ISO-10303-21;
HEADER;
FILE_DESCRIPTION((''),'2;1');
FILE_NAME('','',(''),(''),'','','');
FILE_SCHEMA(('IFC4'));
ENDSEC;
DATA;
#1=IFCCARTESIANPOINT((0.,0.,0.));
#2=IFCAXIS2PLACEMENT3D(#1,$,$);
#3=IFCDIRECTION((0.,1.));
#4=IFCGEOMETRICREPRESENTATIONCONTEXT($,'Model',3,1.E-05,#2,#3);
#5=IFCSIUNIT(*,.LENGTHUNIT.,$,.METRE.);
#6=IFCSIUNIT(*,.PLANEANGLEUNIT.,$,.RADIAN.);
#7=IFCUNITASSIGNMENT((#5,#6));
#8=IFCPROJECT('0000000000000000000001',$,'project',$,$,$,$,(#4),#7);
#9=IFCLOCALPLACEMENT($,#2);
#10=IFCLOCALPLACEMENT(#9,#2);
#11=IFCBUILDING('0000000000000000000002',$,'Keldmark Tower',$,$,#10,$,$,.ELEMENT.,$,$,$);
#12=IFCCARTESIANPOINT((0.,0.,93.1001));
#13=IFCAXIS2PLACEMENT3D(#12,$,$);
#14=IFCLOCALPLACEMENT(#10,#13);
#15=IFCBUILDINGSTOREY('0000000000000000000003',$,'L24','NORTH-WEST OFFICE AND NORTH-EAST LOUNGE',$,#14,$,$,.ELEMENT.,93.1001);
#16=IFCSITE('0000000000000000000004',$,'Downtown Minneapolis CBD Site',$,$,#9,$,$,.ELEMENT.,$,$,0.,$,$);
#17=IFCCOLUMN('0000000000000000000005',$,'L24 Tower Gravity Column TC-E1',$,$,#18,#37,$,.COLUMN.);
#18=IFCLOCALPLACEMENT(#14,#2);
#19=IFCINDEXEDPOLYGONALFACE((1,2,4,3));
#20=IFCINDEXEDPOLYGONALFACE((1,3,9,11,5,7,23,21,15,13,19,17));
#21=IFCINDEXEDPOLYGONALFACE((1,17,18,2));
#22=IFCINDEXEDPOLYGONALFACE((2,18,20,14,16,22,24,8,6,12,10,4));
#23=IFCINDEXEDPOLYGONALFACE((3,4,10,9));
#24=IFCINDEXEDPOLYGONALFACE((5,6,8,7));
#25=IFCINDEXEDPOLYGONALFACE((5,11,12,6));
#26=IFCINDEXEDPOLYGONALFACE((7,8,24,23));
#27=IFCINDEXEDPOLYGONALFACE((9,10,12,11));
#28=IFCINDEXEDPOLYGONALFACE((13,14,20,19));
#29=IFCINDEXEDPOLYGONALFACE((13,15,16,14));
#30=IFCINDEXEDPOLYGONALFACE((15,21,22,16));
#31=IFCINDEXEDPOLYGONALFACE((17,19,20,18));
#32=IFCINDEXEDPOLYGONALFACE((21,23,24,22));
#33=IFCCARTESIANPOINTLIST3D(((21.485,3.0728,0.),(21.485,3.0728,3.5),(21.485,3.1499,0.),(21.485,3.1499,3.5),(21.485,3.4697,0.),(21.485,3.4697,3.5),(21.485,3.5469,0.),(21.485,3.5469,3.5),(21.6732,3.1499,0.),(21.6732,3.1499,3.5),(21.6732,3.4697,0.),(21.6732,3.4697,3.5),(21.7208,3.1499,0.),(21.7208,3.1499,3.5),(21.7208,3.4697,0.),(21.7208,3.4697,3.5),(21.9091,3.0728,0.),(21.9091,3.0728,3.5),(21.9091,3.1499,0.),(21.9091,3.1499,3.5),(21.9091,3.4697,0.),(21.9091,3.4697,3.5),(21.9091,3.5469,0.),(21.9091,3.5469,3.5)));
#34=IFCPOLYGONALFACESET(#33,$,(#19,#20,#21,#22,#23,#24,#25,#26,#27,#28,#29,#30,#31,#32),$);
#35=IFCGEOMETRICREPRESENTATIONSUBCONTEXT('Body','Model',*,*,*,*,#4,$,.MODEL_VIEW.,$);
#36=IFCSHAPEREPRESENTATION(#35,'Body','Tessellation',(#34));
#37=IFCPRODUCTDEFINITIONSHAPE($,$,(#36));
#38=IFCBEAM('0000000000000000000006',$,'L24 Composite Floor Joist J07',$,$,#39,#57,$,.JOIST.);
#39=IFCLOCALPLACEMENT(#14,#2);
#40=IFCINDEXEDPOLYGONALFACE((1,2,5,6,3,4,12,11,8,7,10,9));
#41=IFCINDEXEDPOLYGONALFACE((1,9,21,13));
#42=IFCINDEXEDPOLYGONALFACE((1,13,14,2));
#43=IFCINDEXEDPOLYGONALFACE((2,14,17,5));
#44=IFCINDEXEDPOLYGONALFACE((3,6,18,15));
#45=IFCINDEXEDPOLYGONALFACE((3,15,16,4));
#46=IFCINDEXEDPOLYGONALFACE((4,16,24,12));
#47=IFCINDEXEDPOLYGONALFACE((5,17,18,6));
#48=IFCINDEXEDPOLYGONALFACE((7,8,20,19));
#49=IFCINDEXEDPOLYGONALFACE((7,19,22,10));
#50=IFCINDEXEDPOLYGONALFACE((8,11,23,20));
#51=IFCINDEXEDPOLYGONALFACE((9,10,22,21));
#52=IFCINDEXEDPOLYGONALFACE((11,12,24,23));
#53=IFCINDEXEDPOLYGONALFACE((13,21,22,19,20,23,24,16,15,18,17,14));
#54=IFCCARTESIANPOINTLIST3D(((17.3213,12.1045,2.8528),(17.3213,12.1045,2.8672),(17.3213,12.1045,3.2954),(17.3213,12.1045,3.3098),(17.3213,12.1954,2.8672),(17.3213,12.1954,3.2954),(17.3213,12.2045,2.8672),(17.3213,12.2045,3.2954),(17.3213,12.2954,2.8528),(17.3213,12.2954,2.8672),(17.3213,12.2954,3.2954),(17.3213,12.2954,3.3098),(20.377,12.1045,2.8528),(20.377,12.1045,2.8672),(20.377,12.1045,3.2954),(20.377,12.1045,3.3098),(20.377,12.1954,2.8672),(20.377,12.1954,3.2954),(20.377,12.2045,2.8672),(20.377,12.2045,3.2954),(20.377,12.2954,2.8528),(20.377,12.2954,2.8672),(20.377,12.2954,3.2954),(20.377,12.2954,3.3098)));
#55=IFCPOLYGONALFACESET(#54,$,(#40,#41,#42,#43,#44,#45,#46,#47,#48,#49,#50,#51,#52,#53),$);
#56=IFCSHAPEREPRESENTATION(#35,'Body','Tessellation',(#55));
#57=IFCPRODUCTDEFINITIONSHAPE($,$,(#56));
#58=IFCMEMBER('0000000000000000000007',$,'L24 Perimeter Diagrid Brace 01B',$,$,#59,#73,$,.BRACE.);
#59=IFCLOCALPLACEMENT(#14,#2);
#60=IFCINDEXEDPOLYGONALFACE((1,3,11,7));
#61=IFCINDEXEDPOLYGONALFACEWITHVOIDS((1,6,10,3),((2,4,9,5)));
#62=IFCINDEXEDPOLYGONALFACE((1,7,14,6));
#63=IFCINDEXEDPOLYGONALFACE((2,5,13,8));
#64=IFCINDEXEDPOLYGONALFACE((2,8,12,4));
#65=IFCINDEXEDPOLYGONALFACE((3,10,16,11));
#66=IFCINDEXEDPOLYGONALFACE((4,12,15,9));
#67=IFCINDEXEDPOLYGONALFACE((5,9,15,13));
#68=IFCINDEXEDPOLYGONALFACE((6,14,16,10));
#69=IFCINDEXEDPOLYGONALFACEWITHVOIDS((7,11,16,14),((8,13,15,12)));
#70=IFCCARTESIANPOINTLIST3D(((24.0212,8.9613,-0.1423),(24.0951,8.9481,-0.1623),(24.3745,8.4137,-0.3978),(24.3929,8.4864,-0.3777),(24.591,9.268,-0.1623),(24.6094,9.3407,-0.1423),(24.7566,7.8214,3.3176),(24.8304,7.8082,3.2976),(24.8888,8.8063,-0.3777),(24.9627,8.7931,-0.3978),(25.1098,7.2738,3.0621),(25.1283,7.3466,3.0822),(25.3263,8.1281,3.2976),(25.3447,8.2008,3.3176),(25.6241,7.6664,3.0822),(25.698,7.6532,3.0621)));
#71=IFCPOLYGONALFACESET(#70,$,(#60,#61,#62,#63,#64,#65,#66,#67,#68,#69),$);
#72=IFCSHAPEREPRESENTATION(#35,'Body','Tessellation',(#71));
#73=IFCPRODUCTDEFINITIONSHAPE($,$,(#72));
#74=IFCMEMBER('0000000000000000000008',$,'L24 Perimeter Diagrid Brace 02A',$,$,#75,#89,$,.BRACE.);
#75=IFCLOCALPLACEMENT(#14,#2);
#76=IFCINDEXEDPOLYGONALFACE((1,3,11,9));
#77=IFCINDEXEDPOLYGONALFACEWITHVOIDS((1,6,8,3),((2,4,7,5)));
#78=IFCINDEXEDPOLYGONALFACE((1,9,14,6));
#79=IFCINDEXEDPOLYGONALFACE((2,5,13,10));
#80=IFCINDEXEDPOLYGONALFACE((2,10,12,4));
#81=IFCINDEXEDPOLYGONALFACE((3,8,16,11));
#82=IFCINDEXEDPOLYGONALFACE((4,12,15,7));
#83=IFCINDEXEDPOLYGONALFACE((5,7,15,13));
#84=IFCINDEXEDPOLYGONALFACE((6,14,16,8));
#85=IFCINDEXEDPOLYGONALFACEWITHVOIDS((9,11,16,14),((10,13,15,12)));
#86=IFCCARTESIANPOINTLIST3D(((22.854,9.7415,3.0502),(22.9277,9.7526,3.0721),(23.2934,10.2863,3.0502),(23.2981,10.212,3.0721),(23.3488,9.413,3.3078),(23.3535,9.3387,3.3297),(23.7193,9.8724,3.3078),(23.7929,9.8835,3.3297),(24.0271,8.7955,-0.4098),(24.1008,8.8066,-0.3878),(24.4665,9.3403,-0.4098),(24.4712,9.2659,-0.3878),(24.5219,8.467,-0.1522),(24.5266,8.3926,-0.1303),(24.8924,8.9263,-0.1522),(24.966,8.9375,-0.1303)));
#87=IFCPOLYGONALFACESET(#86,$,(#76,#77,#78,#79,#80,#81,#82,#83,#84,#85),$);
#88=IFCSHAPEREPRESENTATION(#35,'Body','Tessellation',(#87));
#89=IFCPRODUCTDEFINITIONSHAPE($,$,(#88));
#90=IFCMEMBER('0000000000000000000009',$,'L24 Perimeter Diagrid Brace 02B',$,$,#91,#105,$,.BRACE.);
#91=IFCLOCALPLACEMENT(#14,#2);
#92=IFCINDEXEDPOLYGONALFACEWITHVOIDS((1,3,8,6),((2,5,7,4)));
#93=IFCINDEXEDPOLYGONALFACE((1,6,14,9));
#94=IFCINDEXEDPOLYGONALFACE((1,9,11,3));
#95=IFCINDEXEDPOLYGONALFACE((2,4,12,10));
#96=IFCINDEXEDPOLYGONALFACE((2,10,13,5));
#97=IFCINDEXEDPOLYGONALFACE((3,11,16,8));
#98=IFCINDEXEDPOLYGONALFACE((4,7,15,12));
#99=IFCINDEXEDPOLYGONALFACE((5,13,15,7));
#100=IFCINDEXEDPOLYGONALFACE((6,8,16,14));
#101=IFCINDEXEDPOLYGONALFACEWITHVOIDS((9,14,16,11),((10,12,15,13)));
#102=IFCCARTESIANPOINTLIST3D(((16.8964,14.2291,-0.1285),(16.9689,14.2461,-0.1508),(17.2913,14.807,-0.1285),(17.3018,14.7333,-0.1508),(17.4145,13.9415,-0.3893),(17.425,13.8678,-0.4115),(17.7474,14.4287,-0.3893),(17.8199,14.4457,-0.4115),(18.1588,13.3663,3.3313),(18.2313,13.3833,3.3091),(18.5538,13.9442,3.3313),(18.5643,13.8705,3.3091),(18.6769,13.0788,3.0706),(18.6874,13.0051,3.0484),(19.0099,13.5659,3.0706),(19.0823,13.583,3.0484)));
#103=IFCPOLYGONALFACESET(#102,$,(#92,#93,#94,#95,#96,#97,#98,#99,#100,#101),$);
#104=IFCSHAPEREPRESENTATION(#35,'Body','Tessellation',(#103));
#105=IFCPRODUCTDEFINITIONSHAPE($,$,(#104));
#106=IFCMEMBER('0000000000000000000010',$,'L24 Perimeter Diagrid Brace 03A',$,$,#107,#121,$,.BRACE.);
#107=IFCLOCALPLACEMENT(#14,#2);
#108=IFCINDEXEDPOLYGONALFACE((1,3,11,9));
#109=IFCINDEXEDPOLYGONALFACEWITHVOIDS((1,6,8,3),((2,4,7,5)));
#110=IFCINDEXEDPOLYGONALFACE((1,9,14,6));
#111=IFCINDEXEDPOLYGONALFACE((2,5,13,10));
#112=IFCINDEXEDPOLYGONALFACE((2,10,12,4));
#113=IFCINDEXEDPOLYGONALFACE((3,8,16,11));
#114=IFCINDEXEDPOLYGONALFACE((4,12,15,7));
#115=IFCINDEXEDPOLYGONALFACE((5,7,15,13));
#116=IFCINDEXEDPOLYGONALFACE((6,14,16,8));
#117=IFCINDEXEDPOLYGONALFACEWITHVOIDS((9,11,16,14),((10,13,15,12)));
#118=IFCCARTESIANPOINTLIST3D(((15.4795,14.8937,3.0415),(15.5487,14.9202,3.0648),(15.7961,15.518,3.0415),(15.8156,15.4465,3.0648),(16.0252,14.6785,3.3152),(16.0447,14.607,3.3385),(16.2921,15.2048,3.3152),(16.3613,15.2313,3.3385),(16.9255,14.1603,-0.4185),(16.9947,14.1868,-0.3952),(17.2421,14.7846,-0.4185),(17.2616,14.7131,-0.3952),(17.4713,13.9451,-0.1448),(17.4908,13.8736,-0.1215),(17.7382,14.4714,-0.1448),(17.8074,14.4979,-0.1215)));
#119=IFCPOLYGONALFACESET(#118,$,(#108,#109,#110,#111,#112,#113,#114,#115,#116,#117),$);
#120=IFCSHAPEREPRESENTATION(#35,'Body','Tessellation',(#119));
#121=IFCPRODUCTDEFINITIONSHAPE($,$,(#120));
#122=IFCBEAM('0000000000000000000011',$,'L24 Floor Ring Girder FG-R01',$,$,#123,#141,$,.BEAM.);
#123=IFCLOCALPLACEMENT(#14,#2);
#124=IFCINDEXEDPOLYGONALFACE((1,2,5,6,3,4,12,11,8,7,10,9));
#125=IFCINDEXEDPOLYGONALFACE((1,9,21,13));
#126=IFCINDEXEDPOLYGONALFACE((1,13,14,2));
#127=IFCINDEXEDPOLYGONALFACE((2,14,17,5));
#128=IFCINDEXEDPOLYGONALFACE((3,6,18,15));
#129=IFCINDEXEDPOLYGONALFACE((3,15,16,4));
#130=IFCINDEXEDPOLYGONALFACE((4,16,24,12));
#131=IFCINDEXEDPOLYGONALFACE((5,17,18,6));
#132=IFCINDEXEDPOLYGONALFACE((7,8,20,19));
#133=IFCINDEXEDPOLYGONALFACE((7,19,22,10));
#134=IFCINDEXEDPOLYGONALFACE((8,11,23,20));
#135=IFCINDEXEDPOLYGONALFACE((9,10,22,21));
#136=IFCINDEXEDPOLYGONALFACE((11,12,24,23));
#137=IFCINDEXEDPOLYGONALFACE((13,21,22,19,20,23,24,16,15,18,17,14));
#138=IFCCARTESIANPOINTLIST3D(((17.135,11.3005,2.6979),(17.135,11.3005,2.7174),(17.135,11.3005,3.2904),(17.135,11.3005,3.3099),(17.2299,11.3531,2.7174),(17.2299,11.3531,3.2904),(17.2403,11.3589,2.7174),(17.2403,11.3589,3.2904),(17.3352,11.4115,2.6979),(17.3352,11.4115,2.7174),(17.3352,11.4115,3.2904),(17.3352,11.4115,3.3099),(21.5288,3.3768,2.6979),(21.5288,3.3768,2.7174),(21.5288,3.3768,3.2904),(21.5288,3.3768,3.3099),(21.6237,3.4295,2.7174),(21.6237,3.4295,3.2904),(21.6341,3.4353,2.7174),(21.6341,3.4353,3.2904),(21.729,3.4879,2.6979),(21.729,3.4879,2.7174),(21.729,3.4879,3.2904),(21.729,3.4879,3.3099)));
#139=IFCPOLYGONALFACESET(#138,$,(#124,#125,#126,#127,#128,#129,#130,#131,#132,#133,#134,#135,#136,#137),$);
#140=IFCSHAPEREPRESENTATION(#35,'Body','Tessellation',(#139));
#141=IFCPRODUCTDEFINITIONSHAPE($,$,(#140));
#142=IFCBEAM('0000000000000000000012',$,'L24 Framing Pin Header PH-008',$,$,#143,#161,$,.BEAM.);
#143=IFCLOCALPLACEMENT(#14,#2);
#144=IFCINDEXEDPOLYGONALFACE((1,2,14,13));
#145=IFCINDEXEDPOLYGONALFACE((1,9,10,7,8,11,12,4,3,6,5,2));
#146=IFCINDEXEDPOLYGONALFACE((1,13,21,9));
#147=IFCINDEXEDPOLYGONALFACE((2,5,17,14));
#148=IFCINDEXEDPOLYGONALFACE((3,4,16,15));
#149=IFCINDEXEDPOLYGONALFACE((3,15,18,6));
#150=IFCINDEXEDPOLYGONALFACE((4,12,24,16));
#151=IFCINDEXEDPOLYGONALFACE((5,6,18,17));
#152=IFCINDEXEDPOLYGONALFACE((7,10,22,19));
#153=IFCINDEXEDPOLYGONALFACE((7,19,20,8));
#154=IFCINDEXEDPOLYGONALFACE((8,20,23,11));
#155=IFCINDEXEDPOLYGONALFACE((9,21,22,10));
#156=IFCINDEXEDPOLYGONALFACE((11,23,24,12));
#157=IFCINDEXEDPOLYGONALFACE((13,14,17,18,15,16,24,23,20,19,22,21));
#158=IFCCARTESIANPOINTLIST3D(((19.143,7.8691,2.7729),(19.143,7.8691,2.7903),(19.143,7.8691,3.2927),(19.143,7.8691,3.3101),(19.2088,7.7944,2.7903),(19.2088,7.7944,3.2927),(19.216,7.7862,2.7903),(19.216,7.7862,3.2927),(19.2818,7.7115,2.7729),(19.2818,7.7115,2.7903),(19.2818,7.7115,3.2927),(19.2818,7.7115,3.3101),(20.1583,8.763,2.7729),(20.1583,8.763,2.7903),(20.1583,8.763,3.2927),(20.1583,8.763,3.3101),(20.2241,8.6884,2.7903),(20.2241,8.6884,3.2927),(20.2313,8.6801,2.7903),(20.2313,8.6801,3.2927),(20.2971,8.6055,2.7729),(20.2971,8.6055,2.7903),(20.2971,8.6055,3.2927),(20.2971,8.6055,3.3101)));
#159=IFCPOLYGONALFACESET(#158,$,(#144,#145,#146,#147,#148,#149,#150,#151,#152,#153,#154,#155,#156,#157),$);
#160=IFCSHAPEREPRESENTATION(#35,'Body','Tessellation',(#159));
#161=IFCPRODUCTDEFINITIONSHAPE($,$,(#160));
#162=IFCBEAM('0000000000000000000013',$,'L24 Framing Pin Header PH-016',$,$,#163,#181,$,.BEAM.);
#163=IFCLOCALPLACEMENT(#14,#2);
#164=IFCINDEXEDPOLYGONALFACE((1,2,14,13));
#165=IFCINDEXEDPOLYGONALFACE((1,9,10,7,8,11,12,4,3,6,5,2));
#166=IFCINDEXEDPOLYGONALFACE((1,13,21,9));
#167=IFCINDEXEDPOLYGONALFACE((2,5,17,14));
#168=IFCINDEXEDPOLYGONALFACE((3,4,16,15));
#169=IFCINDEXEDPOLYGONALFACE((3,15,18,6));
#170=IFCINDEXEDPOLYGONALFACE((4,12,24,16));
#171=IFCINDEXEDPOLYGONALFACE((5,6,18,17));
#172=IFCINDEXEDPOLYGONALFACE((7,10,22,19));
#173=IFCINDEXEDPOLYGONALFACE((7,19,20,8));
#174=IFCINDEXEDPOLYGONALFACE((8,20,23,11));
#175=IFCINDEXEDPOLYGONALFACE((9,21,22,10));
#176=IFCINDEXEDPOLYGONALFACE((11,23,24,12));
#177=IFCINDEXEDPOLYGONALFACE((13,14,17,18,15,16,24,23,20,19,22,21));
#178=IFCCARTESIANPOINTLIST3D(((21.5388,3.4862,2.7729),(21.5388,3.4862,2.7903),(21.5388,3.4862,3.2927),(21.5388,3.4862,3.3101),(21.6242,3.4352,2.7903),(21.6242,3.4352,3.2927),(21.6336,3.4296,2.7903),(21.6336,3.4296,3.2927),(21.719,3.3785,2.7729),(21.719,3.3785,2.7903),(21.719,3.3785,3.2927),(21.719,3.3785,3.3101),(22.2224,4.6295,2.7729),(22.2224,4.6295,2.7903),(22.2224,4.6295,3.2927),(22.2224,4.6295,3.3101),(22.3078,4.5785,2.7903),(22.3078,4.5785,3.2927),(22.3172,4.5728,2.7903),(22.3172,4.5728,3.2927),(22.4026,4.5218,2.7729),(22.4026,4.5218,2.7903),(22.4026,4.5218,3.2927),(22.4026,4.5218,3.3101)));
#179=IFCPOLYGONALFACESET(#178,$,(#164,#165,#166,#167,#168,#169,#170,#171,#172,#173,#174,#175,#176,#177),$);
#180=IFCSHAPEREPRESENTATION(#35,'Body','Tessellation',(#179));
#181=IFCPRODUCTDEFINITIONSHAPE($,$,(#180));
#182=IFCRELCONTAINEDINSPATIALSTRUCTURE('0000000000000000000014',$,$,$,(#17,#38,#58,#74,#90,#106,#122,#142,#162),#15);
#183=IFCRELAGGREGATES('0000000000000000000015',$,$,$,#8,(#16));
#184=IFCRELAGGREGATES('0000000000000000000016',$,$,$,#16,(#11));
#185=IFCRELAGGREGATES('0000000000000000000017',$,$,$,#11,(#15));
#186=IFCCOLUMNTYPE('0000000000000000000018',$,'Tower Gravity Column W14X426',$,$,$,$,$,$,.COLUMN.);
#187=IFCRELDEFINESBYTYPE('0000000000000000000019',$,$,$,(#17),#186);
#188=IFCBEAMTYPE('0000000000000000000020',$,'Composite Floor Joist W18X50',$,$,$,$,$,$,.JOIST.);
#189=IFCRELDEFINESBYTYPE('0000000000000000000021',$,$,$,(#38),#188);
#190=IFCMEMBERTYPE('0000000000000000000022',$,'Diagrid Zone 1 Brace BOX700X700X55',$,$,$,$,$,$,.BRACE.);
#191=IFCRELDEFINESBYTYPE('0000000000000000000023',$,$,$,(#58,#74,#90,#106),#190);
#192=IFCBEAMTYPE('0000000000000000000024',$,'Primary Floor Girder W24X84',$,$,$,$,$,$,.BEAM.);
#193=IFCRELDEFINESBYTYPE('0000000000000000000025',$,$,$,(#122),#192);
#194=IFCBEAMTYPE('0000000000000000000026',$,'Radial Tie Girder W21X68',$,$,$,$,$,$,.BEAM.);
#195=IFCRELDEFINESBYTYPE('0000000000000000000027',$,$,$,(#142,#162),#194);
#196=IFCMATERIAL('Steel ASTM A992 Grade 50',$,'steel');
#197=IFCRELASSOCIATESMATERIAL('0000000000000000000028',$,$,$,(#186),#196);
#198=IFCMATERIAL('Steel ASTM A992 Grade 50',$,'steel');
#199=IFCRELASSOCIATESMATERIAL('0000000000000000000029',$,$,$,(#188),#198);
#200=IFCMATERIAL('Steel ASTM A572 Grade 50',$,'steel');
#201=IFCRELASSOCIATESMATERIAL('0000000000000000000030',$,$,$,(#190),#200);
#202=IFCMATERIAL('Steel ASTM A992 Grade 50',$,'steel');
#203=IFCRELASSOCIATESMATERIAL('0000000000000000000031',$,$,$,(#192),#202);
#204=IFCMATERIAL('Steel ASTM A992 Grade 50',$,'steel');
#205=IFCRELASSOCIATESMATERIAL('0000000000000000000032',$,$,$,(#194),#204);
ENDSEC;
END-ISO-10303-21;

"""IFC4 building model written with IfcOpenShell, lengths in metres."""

from ifc_helpers import new_model, si_unit, direction, frame, origin, origin_2d, place, context, subcontext, project, spatial, hollow_rectangle, i_section, extrude, material, material_profile, profile_set, type_object, element, save


model = new_model("IFC4")

# Units and contexts
model_context = context("Model", 3, precision=1e-05, world=origin(), true_north=direction((0.0, 1.0)))
body_context = subcontext(model_context, "Body", "Model", "MODEL_VIEW")
ifc_project = project(units=[si_unit("LENGTHUNIT", "METRE"), si_unit("PLANEANGLEUNIT", "RADIAN")], contexts=[model_context])

# Site, building, storey
site_placement = place(None, origin())
site = spatial("IfcSite", under=ifc_project, at=site_placement, Name="Downtown Minneapolis CBD Site", CompositionType="ELEMENT", RefElevation=0.0)
building_placement = place(site_placement, origin())
building = spatial("IfcBuilding", under=site, at=building_placement, Name="Keldmark Tower", CompositionType="ELEMENT")
storey_placement = place(building_placement, frame((0.0, 0.0, 93.1001)))
storey = spatial("IfcBuildingStorey", under=building, at=storey_placement, Name="L24", Description="NORTH-WEST OFFICE AND NORTH-EAST LOUNGE", CompositionType="ELEMENT", Elevation=93.1001)

# Column
ifc_material_1 = material(Name="Steel ASTM A992 Grade 50", Category="steel")
ifc_material_profile_1 = material_profile(ifc_material_1, i_section(OverallWidth=0.4241, OverallDepth=0.4741, WebThickness=0.0476, FlangeThickness=0.0771, at=origin_2d()), Name="W14X426")
ifc_profile_set_1 = profile_set([ifc_material_profile_1], Name="Steel ASTM A992 Grade 50")
column_type = type_object("IfcColumnType", Name="Tower Gravity Column W14X426", PredefinedType="COLUMN", material=ifc_profile_set_1)
column_placement = place(storey_placement, frame((21.697, 3.3098, 0.0), z_axis=(0.0, 0.0, 1.0), x_axis=(1.0, 0.0, 0.0)))
element("IfcColumn", 1, at=column_placement, inside=storey, type_object=column_type, Name="L24 Tower Gravity Column TC-E1", PredefinedType="COLUMN", context=body_context, shape_type="SweptSolid", body=[
    extrude(i_section(OverallWidth=0.4241, OverallDepth=0.4741, WebThickness=0.0476, FlangeThickness=0.0771, at=origin_2d()), origin(), (0.0, 0.0, 1.0), 3.5),
])

# Beam
ifc_material_2 = material(Name="Steel ASTM A992 Grade 50", Category="steel")
ifc_material_profile_2 = material_profile(ifc_material_2, i_section(OverallWidth=0.1909, OverallDepth=0.457, WebThickness=0.009, FlangeThickness=0.0144, at=origin_2d()), Name="W18X50")
ifc_profile_set_2 = profile_set([ifc_material_profile_2], Name="Steel ASTM A992 Grade 50")
beam_type_1 = type_object("IfcBeamType", Name="Composite Floor Joist W18X50", PredefinedType="JOIST", material=ifc_profile_set_2)
beam_1_placement = place(storey_placement, frame((17.3213, 12.2, 3.0813), z_axis=(1.0, 0.0, 0.0), x_axis=(0.0, 1.0, 0.0)))
element("IfcBeam", 2, at=beam_1_placement, inside=storey, type_object=beam_type_1, Name="L24 Composite Floor Joist J07", PredefinedType="JOIST", context=body_context, shape_type="SweptSolid", body=[
    extrude(i_section(OverallWidth=0.1909, OverallDepth=0.457, WebThickness=0.009, FlangeThickness=0.0144, at=origin_2d()), origin(), (0.0, 0.0, 1.0), 3.0557),
])

# Members
ifc_material_3 = material(Name="Steel ASTM A572 Grade 50", Category="steel")
ifc_material_profile_3 = material_profile(ifc_material_3, hollow_rectangle(XDim=0.7, YDim=0.7, WallThickness=0.0549, at=origin_2d()), Name="BOX700X700X55")
ifc_profile_set_3 = profile_set([ifc_material_profile_3], Name="Steel ASTM A572 Grade 50")
member_type = type_object("IfcMemberType", Name="Diagrid Zone 1 Brace BOX700X700X55", PredefinedType="BRACE", material=ifc_profile_set_3)
member_1_placement = place(storey_placement, frame((24.4919, 8.8772, -0.27), z_axis=(0.197868, -0.306722, 0.931005), x_axis=(0.840318, 0.542094, 0.0)))
element("IfcMember", 3, at=member_1_placement, inside=storey, type_object=member_type, Name="L24 Perimeter Diagrid Brace 01B", PredefinedType="BRACE", context=body_context, shape_type="SweptSolid", body=[
    extrude(hollow_rectangle(XDim=0.7, YDim=0.7, WallThickness=0.0549, at=origin_2d()), origin(), (0.0, 0.0, 1.0), 3.7163),
])
member_2_placement = place(storey_placement, frame((24.4966, 8.8665, -0.27), z_axis=(-0.310843, 0.25068, 0.916808), x_axis=(-0.627752, -0.778413, 0.0)))
element("IfcMember", 4, at=member_2_placement, inside=storey, type_object=member_type, Name="L24 Perimeter Diagrid Brace 02A", PredefinedType="BRACE", context=body_context, shape_type="SweptSolid", body=[
    extrude(hollow_rectangle(XDim=0.7, YDim=0.7, WallThickness=0.0549, at=origin_2d()), origin(), (0.0, 0.0, 1.0), 3.7739),
])
member_3_placement = place(storey_placement, frame((17.3582, 14.3374, -0.27), z_axis=(0.333735, -0.228084, 0.914658), x_axis=(0.564243, 0.825609, 0.0)))
element("IfcMember", 5, at=member_3_placement, inside=storey, type_object=member_type, Name="L24 Perimeter Diagrid Brace 02B", PredefinedType="BRACE", context=body_context, shape_type="SweptSolid", body=[
    extrude(hollow_rectangle(XDim=0.7, YDim=0.7, WallThickness=0.0549, at=origin_2d()), origin(), (0.0, 0.0, 1.0), 3.7827),
])
member_4_placement = place(storey_placement, frame((17.3665, 14.3291, -0.27), z_axis=(-0.378444, 0.191938, 0.905505), x_axis=(-0.452326, -0.891853, 0.0)))
element("IfcMember", 6, at=member_4_placement, inside=storey, type_object=member_type, Name="L24 Perimeter Diagrid Brace 03A", PredefinedType="BRACE", context=body_context, shape_type="SweptSolid", body=[
    extrude(hollow_rectangle(XDim=0.7, YDim=0.7, WallThickness=0.0549, at=origin_2d()), origin(), (0.0, 0.0, 1.0), 3.821),
])

# Beams
ifc_material_4 = material(Name="Steel ASTM A992 Grade 50", Category="steel")
ifc_material_profile_4 = material_profile(ifc_material_4, i_section(OverallWidth=0.229, OverallDepth=0.6121, WebThickness=0.012, FlangeThickness=0.0195, at=origin_2d()), Name="W24X84")
ifc_profile_set_4 = profile_set([ifc_material_profile_4], Name="Steel ASTM A992 Grade 50")
beam_type_2 = type_object("IfcBeamType", Name="Primary Floor Girder W24X84", PredefinedType="BEAM", material=ifc_profile_set_4)
beam_2_placement = place(storey_placement, frame((21.6289, 3.4324, 3.0039), z_axis=(-0.484952, 0.874541, 0.0), x_axis=(-0.874541, -0.484952, 0.0)))
element("IfcBeam", 7, at=beam_2_placement, inside=storey, type_object=beam_type_2, Name="L24 Floor Ring Girder FG-R01", PredefinedType="BEAM", context=body_context, shape_type="SweptSolid", body=[
    extrude(i_section(OverallWidth=0.229, OverallDepth=0.6121, WebThickness=0.012, FlangeThickness=0.0195, at=origin_2d()), origin(), (0.0, 0.0, 1.0), 9.0603),
])
ifc_material_5 = material(Name="Steel ASTM A992 Grade 50", Category="steel")
ifc_material_profile_5 = material_profile(ifc_material_5, i_section(OverallWidth=0.21, OverallDepth=0.5371, WebThickness=0.011, FlangeThickness=0.0173, at=origin_2d()), Name="W21X68")
ifc_profile_set_5 = profile_set([ifc_material_profile_5], Name="Steel ASTM A992 Grade 50")
beam_type_3 = type_object("IfcBeamType", Name="Radial Tie Girder W21X68", PredefinedType="BEAM", material=ifc_profile_set_5)
beam_3_placement = place(storey_placement, frame((19.2124, 7.7903, 3.0415), z_axis=(0.750527, 0.660839, 0.0), x_axis=(-0.660839, 0.750527, 0.0)))
element("IfcBeam", 8, at=beam_3_placement, inside=storey, type_object=beam_type_3, Name="L24 Framing Pin Header PH-008", PredefinedType="BEAM", context=body_context, shape_type="SweptSolid", body=[
    extrude(i_section(OverallWidth=0.21, OverallDepth=0.5371, WebThickness=0.011, FlangeThickness=0.0173, at=origin_2d()), origin(), (0.0, 0.0, 1.0), 1.3528),
])
beam_4_placement = place(storey_placement, frame((21.6289, 3.4324, 3.0415), z_axis=(0.513174, 0.858284, 0.0), x_axis=(-0.858284, 0.513174, 0.0)))
element("IfcBeam", 9, at=beam_4_placement, inside=storey, type_object=beam_type_3, Name="L24 Framing Pin Header PH-016", PredefinedType="BEAM", context=body_context, shape_type="SweptSolid", body=[
    extrude(i_section(OverallWidth=0.21, OverallDepth=0.5371, WebThickness=0.011, FlangeThickness=0.0173, at=origin_2d()), origin(), (0.0, 0.0, 1.0), 1.332),
])

save(model, "model.ifc")
